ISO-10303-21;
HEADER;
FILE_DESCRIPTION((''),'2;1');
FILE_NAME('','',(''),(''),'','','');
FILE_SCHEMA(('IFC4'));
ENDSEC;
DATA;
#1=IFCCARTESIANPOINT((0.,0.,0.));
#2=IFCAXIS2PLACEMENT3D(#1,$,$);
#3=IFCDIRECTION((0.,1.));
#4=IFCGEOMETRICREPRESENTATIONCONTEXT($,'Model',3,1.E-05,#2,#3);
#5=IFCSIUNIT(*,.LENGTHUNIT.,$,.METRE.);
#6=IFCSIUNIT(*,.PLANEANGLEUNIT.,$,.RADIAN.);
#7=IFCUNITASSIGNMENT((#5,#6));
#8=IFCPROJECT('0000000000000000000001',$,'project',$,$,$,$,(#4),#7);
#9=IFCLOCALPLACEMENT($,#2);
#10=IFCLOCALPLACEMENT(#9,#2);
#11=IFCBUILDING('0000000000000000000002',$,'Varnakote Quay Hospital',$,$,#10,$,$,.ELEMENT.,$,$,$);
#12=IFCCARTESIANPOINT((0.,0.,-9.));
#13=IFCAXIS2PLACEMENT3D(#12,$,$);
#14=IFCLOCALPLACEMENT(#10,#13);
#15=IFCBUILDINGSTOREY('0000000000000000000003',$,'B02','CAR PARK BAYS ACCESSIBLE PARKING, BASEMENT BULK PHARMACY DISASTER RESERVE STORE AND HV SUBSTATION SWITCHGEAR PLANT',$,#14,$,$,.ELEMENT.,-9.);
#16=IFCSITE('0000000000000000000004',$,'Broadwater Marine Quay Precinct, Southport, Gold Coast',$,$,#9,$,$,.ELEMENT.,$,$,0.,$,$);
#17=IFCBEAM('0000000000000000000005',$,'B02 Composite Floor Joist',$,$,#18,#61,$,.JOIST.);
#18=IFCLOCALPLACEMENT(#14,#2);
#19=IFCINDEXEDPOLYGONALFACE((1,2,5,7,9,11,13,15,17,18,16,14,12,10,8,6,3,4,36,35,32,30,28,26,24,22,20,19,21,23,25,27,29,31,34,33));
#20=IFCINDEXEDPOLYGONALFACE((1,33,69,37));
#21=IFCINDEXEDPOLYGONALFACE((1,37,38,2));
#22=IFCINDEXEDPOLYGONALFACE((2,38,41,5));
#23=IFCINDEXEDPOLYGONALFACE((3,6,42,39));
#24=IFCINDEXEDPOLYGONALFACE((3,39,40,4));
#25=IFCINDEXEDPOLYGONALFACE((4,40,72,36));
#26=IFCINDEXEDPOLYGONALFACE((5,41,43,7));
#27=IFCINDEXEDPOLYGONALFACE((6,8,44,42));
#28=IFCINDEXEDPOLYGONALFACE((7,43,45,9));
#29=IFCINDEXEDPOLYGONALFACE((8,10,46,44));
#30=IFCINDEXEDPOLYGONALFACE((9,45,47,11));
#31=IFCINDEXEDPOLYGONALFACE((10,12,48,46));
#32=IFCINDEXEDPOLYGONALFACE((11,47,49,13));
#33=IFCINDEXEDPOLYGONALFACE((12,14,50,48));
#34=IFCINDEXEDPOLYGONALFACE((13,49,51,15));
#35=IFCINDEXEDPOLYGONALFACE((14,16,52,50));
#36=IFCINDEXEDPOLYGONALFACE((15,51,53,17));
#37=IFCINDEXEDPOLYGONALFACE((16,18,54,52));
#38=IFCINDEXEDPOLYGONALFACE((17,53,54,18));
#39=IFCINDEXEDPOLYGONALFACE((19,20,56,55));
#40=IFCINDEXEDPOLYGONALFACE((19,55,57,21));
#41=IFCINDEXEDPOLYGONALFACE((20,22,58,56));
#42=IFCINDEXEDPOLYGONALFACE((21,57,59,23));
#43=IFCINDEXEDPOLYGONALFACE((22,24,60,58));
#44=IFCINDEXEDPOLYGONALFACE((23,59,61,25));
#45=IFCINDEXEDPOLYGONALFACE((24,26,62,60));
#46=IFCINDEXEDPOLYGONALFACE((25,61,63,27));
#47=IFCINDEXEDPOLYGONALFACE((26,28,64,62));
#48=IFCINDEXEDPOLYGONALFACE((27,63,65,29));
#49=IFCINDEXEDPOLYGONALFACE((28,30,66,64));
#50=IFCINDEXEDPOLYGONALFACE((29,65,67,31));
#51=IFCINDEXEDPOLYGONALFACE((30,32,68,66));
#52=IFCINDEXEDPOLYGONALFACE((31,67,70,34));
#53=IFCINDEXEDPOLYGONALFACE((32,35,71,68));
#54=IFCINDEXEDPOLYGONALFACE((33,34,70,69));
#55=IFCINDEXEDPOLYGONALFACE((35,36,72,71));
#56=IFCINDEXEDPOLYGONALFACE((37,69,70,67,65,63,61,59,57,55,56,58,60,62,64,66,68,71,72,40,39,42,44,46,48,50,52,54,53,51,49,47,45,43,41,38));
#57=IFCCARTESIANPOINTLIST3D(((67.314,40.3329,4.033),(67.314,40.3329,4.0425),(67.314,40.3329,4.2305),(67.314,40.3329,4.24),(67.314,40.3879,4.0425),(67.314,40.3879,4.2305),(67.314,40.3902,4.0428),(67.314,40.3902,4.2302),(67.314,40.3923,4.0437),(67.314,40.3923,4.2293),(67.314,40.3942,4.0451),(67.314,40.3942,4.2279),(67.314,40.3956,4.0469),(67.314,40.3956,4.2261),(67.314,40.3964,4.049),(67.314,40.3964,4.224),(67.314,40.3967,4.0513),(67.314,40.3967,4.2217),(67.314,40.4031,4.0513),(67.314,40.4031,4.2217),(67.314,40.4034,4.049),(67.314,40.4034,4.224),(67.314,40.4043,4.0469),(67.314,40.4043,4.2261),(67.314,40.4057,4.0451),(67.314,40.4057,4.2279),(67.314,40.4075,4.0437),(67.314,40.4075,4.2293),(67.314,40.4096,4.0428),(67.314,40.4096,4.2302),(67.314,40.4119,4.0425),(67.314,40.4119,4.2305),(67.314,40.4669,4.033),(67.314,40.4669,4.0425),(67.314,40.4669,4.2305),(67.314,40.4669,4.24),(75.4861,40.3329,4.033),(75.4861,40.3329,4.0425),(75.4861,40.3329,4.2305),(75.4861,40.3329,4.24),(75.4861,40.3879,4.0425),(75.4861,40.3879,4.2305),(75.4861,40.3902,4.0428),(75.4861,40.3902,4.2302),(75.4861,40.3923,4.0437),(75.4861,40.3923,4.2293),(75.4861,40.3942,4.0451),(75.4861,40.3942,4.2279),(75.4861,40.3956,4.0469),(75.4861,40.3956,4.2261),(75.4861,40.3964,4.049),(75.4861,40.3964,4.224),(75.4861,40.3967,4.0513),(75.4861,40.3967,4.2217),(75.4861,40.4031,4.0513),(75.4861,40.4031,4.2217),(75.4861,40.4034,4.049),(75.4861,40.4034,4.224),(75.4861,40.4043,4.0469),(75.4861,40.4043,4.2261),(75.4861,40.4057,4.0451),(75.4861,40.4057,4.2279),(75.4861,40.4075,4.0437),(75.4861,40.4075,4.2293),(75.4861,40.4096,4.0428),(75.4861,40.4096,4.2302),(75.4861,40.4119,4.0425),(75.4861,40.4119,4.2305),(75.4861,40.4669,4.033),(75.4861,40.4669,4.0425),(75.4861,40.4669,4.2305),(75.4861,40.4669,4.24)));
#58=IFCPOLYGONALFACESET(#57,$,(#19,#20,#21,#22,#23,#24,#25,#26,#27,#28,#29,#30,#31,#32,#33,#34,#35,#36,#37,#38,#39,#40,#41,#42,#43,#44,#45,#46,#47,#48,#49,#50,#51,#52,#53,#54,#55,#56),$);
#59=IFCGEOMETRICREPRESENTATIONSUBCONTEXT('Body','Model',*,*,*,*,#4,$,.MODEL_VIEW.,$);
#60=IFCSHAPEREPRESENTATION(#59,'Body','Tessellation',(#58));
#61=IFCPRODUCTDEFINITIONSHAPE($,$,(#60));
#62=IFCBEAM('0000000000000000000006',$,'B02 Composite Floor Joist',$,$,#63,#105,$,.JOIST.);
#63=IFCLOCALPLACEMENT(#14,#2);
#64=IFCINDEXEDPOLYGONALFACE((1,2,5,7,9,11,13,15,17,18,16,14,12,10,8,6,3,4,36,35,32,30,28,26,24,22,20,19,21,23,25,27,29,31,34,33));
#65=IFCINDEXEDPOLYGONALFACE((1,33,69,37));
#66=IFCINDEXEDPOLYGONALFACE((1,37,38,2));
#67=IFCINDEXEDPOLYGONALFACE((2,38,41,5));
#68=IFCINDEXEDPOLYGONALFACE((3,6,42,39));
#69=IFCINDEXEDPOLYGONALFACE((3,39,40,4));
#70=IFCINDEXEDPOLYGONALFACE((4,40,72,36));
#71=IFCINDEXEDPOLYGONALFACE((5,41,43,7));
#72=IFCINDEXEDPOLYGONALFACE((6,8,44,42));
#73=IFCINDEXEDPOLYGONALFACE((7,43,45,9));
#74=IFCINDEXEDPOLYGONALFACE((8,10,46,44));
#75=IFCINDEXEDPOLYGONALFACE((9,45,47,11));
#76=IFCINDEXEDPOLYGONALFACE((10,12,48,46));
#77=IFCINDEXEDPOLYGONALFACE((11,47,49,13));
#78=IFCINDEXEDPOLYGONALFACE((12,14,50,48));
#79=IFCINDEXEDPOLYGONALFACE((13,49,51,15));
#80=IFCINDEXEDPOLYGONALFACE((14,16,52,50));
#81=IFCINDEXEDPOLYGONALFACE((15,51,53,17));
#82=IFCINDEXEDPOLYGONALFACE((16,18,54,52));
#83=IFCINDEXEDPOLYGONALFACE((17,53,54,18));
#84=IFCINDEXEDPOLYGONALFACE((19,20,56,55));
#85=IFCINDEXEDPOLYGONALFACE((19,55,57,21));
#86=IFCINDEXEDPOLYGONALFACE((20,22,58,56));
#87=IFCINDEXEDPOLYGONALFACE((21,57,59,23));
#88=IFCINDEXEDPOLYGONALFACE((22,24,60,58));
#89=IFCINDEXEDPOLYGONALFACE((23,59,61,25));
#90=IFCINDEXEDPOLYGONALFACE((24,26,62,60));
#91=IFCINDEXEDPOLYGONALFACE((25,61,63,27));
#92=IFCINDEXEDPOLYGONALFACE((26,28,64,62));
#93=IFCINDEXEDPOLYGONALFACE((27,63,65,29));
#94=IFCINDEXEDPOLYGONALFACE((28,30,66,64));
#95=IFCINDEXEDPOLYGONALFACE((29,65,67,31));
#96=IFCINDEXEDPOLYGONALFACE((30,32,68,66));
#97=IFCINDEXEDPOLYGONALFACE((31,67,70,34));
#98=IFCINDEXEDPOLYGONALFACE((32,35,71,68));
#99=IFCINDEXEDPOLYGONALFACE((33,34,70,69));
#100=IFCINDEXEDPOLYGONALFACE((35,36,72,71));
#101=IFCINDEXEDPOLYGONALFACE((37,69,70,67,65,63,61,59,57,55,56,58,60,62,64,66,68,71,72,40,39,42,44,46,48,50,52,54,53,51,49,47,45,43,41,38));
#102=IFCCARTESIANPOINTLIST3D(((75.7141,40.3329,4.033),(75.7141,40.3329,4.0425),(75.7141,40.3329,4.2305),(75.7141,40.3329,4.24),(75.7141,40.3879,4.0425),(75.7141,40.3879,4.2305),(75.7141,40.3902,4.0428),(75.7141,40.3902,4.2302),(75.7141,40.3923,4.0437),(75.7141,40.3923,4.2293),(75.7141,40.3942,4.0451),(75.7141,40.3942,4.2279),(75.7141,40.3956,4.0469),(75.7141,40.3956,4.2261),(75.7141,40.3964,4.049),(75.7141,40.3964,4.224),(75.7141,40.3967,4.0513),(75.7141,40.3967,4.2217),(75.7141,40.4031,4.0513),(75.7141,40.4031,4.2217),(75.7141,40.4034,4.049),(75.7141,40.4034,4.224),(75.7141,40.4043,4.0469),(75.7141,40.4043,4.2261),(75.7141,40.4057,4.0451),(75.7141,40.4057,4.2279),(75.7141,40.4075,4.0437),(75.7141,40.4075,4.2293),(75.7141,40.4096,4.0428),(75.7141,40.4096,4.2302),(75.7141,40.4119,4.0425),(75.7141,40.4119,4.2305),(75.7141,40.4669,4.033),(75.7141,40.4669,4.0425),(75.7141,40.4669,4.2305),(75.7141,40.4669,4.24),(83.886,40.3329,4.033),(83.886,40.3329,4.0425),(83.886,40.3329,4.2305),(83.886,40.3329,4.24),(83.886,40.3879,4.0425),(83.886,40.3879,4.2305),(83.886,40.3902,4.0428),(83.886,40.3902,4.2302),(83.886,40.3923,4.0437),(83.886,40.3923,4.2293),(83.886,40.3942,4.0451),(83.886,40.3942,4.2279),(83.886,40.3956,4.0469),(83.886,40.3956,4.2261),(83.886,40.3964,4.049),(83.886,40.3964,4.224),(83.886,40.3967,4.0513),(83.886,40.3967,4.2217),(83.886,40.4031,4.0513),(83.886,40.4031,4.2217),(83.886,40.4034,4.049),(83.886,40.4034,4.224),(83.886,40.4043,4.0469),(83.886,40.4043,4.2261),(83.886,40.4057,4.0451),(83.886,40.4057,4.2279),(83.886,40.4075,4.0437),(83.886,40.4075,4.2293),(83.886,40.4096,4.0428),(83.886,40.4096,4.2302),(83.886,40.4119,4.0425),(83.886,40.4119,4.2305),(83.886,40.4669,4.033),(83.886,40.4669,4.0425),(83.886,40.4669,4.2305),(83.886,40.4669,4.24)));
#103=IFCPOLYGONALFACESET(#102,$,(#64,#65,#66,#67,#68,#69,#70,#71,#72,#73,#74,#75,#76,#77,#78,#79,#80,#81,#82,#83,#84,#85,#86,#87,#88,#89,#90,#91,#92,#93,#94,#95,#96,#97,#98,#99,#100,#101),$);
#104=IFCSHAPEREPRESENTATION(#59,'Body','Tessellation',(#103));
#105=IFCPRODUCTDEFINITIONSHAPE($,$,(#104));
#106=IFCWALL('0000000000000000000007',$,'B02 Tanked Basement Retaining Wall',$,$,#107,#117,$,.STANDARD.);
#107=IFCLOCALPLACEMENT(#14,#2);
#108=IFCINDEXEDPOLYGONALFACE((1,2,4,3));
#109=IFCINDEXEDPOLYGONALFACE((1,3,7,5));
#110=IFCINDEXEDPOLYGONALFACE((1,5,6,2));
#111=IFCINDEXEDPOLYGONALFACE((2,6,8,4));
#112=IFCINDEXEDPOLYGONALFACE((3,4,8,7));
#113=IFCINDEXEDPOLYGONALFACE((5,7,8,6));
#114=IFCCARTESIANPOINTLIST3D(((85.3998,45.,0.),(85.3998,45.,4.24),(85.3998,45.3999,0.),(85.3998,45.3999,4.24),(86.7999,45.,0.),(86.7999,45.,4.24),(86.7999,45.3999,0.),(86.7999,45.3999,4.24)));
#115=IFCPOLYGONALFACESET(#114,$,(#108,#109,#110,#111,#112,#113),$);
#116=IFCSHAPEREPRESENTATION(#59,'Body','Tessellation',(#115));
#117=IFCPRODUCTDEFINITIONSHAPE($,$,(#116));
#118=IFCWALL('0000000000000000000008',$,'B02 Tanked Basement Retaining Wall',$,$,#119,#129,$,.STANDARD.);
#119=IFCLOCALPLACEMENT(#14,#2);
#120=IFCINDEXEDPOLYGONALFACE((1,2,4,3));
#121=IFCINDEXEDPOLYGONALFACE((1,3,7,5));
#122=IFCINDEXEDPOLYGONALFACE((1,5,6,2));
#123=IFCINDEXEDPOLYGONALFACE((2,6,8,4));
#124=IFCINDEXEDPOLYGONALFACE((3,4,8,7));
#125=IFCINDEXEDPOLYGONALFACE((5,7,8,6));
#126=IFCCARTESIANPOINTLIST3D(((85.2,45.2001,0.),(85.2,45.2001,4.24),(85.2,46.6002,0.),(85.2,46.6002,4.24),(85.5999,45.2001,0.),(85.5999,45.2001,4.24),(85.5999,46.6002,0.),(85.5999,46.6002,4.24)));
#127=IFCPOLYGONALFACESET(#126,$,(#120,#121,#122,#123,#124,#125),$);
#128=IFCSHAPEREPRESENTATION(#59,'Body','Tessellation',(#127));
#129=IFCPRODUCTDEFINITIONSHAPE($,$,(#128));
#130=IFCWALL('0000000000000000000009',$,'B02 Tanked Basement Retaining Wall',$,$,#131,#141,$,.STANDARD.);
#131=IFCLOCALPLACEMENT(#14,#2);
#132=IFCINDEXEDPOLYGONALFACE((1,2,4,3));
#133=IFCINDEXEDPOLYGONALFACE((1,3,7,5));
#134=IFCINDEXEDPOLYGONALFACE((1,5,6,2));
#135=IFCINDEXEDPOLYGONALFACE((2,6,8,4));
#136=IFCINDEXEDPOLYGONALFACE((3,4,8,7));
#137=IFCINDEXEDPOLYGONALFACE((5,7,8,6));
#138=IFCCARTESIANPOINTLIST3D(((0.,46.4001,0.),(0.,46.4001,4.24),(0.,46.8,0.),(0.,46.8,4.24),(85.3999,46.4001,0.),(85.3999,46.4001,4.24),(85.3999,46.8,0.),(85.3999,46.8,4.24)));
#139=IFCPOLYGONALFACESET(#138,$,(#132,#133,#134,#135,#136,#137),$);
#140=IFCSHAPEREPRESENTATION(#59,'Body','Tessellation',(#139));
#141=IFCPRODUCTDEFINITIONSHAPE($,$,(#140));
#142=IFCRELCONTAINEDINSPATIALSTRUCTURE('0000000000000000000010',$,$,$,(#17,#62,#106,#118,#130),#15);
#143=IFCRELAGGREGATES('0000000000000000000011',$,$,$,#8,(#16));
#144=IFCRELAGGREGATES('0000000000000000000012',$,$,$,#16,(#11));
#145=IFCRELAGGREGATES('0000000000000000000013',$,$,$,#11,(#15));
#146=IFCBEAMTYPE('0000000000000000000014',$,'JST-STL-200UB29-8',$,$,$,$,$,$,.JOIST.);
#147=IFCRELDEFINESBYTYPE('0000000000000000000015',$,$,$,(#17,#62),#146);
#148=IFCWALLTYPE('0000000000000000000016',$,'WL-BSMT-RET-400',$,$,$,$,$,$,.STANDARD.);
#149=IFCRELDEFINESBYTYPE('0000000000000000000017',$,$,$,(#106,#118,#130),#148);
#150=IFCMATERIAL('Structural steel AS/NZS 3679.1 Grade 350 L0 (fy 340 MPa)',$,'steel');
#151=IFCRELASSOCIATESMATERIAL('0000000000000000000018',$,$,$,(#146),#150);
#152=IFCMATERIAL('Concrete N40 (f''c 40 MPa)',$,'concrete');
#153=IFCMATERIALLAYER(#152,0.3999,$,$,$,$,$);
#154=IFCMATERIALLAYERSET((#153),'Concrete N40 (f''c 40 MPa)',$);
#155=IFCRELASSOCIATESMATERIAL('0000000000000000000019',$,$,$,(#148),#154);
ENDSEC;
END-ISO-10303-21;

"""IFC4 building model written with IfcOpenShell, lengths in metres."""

from ifc_helpers import new_model, si_unit, direction, frame, frame_2d, origin, origin_2d, place, context, subcontext, project, spatial, rectangle, i_section, extrude, material, layer, layer_set, material_profile, profile_set, type_object, element, save


model = new_model("IFC4")

# Units and contexts
model_context = context("Model", 3, precision=1e-05, world=origin(), true_north=direction((0.0, 1.0)))
body_context = subcontext(model_context, "Body", "Model", "MODEL_VIEW")
ifc_project = project(units=[si_unit("LENGTHUNIT", "METRE"), si_unit("PLANEANGLEUNIT", "RADIAN")], contexts=[model_context])

# Site, building, storey
site_placement = place(None, origin())
site = spatial("IfcSite", under=ifc_project, at=site_placement, Name="Broadwater Marine Quay Precinct, Southport, Gold Coast", CompositionType="ELEMENT", RefElevation=0.0)
building_placement = place(site_placement, origin())
building = spatial("IfcBuilding", under=site, at=building_placement, Name="Varnakote Quay Hospital", CompositionType="ELEMENT")
storey_placement = place(building_placement, frame((0.0, 0.0, -9.0)))
storey = spatial("IfcBuildingStorey", under=building, at=storey_placement, Name="B02", Description="CAR PARK BAYS ACCESSIBLE PARKING, BASEMENT BULK PHARMACY DISASTER RESERVE STORE AND HV SUBSTATION SWITCHGEAR PLANT", CompositionType="ELEMENT", Elevation=-9.0)

# Beams
ifc_material_1 = material(Name="Structural steel AS/NZS 3679.1 Grade 350 L0 (fy 340 MPa)", Category="steel")
ifc_material_profile_1 = material_profile(ifc_material_1, i_section(OverallWidth=0.134, OverallDepth=0.207, WebThickness=0.0063, FlangeThickness=0.0095, FilletRadius=0.0088, at=origin_2d()), Name="200UB29.8")
ifc_profile_set_1 = profile_set([ifc_material_profile_1], Name="Structural steel AS/NZS 3679.1 Grade 350 L0 (fy 340 MPa)")
beam_type_1 = type_object("IfcBeamType", Name="JST-STL-200UB29-8", PredefinedType="JOIST", material=ifc_profile_set_1)
beam_1_placement = place(storey_placement, frame((67.314, 40.3999, 4.1365), z_axis=(1.0, 0.0, 0.0), x_axis=(0.0, 1.0, 0.0)))
element("IfcBeam", 1, at=beam_1_placement, inside=storey, type_object=beam_type_1, Name="B02 Composite Floor Joist", PredefinedType="JOIST", context=body_context, shape_type="SweptSolid", body=[
    extrude(i_section(OverallWidth=0.134, OverallDepth=0.207, WebThickness=0.0063, FlangeThickness=0.0095, FilletRadius=0.0088, at=origin_2d()), origin(), (0.0, 0.0, 1.0), 8.1721),
])
beam_2_placement = place(storey_placement, frame((75.7141, 40.3999, 4.1365), z_axis=(1.0, 0.0, 0.0), x_axis=(0.0, 1.0, 0.0)))
element("IfcBeam", 2, at=beam_2_placement, inside=storey, type_object=beam_type_1, Name="B02 Composite Floor Joist", PredefinedType="JOIST", context=body_context, shape_type="SweptSolid", body=[
    extrude(i_section(OverallWidth=0.134, OverallDepth=0.207, WebThickness=0.0063, FlangeThickness=0.0095, FilletRadius=0.0088, at=origin_2d()), origin(), (0.0, 0.0, 1.0), 8.1719),
])

# Walls
ifc_material_2 = material(Name="Concrete N40 (f'c 40 MPa)", Category="concrete")
ifc_layer_1 = layer(ifc_material_2, 0.3999)
ifc_layer_set_1 = layer_set([ifc_layer_1], Name="Concrete N40 (f'c 40 MPa)")
wall_type = type_object("IfcWallType", Name="WL-BSMT-RET-400", PredefinedType="STANDARD", material=ifc_layer_set_1)
for number, where, z_axis, x_axis, name in (
    (3, (86.8, 45.2, 0.0), (0.0, 0.0, 1.0), (-1.0, 0.0, 0.0), "B02 Tanked Basement Retaining Wall"),
    (4, (85.3999, 45.2, 0.0), (0.0, 0.0, 1.0), (0.0, 1.0, 0.0), "B02 Tanked Basement Retaining Wall"),
):
    element("IfcWall", number, at=place(storey_placement, frame(where, z_axis=z_axis, x_axis=x_axis)), inside=storey, type_object=wall_type, Name=name, PredefinedType="STANDARD", context=body_context, shape_type="SweptSolid", body=[
        extrude(rectangle(XDim=1.4001, YDim=0.3999, at=frame_2d((0.7002, 0.0))), origin(), (0.0, 0.0, 1.0), 4.24),
    ])
wall_placement = place(storey_placement, frame((85.3999, 46.6001, 0.0), z_axis=(0.0, 0.0, 1.0), x_axis=(-1.0, 0.0, 0.0)))
element("IfcWall", 5, at=wall_placement, inside=storey, type_object=wall_type, Name="B02 Tanked Basement Retaining Wall", PredefinedType="STANDARD", context=body_context, shape_type="SweptSolid", body=[
    extrude(rectangle(XDim=85.3999, YDim=0.3999, at=frame_2d((42.7, 0.0))), origin(), (0.0, 0.0, 1.0), 4.24),
])

save(model, "model.ifc")
